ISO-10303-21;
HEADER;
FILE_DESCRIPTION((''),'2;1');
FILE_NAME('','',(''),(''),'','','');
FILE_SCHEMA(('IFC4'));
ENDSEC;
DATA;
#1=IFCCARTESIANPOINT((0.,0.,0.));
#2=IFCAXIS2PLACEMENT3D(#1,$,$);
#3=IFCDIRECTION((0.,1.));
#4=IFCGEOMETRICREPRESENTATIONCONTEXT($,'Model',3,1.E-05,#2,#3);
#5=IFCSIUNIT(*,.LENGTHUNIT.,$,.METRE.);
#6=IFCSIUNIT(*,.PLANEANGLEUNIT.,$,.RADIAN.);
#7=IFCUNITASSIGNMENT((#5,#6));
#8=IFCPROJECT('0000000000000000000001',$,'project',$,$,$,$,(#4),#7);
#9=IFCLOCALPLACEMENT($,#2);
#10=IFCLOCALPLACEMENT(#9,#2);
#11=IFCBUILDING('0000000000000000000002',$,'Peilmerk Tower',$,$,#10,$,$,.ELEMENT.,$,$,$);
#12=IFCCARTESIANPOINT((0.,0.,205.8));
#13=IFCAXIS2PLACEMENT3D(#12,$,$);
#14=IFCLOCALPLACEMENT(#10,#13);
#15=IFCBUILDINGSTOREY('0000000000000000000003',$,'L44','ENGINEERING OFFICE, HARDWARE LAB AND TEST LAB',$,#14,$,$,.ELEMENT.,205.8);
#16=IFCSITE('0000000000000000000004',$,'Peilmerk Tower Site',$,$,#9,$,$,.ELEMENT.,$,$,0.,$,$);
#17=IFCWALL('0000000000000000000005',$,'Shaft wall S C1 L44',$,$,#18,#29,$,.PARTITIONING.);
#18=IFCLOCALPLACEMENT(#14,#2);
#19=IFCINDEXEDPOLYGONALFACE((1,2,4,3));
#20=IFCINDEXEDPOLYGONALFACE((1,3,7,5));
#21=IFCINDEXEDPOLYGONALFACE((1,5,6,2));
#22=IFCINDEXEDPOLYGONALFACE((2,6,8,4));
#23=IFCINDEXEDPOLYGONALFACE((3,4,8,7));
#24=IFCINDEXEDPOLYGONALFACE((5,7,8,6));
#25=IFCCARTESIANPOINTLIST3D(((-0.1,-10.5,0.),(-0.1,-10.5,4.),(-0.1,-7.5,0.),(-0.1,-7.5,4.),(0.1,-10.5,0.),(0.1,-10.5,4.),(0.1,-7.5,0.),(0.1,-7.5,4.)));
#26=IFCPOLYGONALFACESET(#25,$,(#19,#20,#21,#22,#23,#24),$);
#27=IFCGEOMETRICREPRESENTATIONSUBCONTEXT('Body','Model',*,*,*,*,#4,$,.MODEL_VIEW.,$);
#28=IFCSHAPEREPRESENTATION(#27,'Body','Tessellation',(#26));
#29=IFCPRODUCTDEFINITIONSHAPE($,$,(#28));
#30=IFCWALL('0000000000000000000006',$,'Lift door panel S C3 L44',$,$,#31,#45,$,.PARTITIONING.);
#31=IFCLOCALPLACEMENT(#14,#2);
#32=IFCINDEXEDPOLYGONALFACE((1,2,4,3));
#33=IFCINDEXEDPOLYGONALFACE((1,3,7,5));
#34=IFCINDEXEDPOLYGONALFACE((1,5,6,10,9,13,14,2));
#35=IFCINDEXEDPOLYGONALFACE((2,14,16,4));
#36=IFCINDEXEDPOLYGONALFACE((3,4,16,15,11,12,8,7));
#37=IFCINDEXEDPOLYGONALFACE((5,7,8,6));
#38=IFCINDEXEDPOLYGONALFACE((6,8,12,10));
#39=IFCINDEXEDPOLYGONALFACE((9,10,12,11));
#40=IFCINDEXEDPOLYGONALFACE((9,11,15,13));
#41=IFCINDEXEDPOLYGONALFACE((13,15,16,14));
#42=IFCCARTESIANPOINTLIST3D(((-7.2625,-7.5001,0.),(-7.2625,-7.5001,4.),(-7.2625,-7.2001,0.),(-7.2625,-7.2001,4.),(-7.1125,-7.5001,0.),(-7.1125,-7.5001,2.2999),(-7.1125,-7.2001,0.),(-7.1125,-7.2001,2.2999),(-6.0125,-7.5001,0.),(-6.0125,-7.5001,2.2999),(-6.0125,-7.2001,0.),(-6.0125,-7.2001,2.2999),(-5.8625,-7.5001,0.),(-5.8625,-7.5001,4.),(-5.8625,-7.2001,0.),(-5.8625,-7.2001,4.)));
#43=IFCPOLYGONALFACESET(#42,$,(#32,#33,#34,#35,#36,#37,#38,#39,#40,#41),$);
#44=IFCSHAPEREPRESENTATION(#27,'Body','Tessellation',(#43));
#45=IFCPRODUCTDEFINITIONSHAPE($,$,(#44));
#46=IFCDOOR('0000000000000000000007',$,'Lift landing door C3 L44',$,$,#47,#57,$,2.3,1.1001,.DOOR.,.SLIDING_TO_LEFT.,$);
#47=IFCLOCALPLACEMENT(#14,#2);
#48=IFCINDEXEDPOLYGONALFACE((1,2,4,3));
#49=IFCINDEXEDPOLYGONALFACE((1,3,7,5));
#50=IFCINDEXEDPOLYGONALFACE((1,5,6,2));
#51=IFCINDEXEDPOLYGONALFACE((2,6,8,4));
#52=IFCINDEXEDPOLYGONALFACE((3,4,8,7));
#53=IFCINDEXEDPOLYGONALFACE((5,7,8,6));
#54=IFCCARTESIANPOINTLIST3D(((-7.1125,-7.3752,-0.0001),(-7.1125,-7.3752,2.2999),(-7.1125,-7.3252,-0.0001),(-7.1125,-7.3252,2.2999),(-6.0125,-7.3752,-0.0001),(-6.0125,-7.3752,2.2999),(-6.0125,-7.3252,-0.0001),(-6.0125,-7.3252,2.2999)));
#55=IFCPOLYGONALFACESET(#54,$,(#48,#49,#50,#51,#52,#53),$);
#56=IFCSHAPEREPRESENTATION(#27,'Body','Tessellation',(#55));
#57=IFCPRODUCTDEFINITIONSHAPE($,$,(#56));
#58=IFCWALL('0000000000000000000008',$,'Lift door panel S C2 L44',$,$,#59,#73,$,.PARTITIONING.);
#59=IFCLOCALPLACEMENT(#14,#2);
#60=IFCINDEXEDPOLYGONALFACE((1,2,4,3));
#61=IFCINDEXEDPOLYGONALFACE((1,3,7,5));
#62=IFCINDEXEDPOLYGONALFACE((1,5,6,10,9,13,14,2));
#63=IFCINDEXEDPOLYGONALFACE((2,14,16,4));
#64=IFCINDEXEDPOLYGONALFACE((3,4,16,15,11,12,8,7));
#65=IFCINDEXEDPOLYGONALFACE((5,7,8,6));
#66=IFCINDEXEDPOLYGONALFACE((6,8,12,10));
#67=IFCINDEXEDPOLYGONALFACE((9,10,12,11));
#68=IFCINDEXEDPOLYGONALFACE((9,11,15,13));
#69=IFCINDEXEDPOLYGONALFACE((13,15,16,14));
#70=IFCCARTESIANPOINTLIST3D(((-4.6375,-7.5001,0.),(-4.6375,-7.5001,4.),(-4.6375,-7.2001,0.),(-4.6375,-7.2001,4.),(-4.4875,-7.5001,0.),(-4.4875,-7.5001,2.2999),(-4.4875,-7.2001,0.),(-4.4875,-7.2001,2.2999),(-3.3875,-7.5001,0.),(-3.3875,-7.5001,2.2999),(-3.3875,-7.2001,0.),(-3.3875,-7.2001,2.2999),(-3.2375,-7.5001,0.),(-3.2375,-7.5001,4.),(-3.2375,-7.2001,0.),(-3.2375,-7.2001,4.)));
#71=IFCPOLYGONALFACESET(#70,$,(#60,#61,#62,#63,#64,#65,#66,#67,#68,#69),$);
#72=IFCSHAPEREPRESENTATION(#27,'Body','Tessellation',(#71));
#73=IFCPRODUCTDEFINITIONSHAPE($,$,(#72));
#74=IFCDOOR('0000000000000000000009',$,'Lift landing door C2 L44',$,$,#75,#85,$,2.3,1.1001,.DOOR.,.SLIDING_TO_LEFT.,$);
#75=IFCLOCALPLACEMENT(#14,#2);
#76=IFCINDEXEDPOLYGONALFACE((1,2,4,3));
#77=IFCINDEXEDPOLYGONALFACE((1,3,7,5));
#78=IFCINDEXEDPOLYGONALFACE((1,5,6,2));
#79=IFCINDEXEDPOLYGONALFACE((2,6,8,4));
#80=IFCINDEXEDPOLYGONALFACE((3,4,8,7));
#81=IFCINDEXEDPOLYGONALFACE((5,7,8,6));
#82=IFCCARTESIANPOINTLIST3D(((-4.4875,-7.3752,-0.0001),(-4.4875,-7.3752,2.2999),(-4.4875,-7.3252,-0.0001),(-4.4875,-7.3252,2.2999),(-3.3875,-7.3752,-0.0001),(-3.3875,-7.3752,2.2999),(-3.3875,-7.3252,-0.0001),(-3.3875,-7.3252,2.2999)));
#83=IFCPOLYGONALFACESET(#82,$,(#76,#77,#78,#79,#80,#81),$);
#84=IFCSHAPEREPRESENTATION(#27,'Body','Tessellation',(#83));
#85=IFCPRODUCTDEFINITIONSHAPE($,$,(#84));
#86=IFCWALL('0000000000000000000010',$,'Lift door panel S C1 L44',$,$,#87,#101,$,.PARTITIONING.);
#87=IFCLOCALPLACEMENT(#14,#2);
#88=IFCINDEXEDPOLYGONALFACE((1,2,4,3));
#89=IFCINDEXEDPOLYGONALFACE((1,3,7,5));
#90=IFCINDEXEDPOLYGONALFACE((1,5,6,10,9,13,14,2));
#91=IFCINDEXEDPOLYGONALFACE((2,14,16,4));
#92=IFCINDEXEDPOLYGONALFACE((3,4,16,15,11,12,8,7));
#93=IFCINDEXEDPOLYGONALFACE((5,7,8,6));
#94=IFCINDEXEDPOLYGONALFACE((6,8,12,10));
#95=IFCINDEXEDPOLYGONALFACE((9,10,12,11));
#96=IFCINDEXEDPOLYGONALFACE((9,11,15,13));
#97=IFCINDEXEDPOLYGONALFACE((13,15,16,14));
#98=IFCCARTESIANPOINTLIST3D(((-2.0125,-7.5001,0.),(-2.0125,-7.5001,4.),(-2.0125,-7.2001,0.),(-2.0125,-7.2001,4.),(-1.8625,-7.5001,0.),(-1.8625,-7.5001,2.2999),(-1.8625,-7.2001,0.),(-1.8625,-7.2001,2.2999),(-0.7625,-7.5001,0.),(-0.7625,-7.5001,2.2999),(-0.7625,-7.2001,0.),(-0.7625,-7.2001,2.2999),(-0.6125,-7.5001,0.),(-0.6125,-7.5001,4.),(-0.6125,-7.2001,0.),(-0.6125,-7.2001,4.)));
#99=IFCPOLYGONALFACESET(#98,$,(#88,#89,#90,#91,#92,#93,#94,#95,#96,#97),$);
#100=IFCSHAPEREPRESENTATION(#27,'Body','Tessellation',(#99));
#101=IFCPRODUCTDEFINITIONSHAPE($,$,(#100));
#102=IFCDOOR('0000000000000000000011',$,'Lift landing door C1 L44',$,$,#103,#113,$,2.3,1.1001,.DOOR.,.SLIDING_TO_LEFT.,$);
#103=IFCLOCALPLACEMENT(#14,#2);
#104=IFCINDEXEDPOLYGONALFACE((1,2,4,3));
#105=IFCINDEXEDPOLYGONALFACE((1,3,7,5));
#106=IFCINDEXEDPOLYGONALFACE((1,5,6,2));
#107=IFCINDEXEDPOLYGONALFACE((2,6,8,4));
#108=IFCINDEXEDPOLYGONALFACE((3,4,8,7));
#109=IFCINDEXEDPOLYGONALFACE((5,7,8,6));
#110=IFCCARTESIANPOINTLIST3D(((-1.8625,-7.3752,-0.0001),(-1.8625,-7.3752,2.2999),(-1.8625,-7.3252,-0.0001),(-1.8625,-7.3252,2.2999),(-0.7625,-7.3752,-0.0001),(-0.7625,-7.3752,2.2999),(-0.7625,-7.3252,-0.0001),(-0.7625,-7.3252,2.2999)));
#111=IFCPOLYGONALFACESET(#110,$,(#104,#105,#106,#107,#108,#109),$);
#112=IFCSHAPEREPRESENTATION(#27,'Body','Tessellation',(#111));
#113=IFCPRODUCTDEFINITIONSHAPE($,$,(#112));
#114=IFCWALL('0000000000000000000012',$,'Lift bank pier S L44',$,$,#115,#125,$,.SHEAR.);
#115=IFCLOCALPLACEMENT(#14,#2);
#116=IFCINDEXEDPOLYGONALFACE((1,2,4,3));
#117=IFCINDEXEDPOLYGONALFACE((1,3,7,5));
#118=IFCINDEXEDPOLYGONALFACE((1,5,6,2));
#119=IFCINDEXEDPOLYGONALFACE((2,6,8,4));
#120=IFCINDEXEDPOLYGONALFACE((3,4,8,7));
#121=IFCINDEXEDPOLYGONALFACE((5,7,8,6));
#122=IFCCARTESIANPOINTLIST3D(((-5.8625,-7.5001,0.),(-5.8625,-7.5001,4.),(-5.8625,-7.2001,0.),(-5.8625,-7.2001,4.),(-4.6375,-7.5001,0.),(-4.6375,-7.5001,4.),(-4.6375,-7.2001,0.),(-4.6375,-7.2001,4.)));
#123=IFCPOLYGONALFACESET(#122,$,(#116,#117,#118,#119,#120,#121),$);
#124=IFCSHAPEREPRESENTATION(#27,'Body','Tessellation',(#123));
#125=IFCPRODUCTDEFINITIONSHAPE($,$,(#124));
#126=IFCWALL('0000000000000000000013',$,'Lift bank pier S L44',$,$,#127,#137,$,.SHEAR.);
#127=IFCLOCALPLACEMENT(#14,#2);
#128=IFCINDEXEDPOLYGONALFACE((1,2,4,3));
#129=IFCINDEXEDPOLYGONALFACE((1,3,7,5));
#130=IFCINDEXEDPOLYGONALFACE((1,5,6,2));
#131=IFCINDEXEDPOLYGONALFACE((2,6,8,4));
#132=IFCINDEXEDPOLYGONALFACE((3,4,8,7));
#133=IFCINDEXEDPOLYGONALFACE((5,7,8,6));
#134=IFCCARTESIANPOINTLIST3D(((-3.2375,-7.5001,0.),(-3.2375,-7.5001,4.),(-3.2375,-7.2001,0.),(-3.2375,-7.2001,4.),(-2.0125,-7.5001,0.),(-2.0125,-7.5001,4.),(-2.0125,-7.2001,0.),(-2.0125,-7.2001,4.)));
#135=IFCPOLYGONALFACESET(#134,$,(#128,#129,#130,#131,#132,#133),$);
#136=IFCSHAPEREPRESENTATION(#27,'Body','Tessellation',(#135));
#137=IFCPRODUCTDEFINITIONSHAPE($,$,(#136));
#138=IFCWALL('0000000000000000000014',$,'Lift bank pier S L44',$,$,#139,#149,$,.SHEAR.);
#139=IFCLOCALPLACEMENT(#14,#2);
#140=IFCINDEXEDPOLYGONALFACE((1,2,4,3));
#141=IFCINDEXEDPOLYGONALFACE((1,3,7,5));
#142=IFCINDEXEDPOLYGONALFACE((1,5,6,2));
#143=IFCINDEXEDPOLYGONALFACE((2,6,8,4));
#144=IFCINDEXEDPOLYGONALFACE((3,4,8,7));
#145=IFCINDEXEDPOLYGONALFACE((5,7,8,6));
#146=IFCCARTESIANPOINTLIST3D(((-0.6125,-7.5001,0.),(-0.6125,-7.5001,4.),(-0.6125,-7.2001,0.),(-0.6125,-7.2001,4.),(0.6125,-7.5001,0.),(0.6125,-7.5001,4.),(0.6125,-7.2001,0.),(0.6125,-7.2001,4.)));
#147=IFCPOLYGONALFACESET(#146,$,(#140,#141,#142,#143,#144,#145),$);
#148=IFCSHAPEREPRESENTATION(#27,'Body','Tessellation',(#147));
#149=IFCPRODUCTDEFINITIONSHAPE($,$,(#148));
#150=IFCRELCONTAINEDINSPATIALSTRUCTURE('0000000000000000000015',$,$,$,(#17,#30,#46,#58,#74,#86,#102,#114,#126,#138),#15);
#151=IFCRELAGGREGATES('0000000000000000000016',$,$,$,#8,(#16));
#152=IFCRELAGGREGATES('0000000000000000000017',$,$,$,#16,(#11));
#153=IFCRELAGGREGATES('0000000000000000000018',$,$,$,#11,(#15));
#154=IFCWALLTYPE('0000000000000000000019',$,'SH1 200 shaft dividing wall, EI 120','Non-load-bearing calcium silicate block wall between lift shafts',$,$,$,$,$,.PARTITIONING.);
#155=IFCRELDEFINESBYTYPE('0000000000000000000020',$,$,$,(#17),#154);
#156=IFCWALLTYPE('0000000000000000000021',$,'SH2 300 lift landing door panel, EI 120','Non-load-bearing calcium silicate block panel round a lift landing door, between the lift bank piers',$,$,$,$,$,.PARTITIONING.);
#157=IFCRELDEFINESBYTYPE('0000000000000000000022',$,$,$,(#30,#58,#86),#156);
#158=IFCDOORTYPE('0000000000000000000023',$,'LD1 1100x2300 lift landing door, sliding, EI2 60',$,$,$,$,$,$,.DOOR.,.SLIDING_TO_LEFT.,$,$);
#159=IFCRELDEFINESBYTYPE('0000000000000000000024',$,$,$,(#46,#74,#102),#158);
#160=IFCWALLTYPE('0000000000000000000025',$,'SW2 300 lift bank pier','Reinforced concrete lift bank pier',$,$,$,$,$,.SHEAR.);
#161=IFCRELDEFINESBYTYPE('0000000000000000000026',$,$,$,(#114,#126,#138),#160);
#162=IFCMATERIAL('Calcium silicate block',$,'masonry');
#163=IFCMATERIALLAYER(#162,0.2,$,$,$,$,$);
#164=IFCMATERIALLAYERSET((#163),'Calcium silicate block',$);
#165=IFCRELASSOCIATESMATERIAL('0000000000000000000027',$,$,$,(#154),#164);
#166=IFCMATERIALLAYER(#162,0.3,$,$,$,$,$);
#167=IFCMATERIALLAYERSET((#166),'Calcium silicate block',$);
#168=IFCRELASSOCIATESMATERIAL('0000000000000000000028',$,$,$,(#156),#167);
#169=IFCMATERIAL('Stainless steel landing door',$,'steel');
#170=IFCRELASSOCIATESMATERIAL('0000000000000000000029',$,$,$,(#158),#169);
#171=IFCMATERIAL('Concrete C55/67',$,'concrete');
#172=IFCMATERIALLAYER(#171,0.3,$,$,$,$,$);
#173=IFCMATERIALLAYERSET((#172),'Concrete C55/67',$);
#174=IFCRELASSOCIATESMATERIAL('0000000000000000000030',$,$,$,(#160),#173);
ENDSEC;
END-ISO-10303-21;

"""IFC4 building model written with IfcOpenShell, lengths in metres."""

from ifc_helpers import new_model, si_unit, direction, frame, frame_2d, origin, place, context, subcontext, project, spatial, rectangle, extrude, material, layer, layer_set, type_object, element, fill, save


model = new_model("IFC4")

# Units and contexts
model_context = context("Model", 3, precision=1e-05, world=origin(), true_north=direction((0.0, 1.0)))
body_context = subcontext(model_context, "Body", "Model", "MODEL_VIEW")
ifc_project = project(units=[si_unit("LENGTHUNIT", "METRE"), si_unit("PLANEANGLEUNIT", "RADIAN")], contexts=[model_context])

# Site, building, storey
site_placement = place(None, origin())
site = spatial("IfcSite", under=ifc_project, at=site_placement, Name="Peilmerk Tower Site", CompositionType="ELEMENT", RefElevation=0.0)
building_placement = place(site_placement, origin())
building = spatial("IfcBuilding", under=site, at=building_placement, Name="Peilmerk Tower", CompositionType="ELEMENT")
storey_placement = place(building_placement, frame((0.0, 0.0, 205.8)))
storey = spatial("IfcBuildingStorey", under=building, at=storey_placement, Name="L44", Description="ENGINEERING OFFICE, HARDWARE LAB AND TEST LAB", CompositionType="ELEMENT", Elevation=205.8)

# Wall
ifc_material_1 = material(Name="Calcium silicate block", Category="masonry")
ifc_layer_1 = layer(ifc_material_1, 0.2)
ifc_layer_set_1 = layer_set([ifc_layer_1], Name="Calcium silicate block")
wall_type_1 = type_object("IfcWallType", Name="SH1 200 shaft dividing wall, EI 120", Description="Non-load-bearing calcium silicate block wall between lift shafts", PredefinedType="PARTITIONING", material=ifc_layer_set_1)
for number, where, z_axis, x_axis, name in (
    (1, (0.0, -10.5, 0.0), (0.0, 0.0, 1.0), (0.0, 1.0, 0.0), "Shaft wall S C1 L44"),
):
    element("IfcWall", number, at=place(storey_placement, frame(where, z_axis=z_axis, x_axis=x_axis)), inside=storey, type_object=wall_type_1, Name=name, PredefinedType="PARTITIONING", context=body_context, shape_type="SweptSolid", body=[
        extrude(rectangle(XDim=3.0, YDim=0.2, at=frame_2d((1.5, 0.0))), origin(), (0.0, 0.0, 1.0), 4.0),
    ])

# Walls, openings, doors
ifc_layer_2 = layer(ifc_material_1, 0.3)
ifc_layer_set_2 = layer_set([ifc_layer_2], Name="Calcium silicate block")
wall_type_2 = type_object("IfcWallType", Name="SH2 300 lift landing door panel, EI 120", Description="Non-load-bearing calcium silicate block panel round a lift landing door, between the lift bank piers", PredefinedType="PARTITIONING", material=ifc_layer_set_2)
wall_1_placement = place(storey_placement, frame((-7.2625, -7.3501, 0.0), z_axis=(0.0, 0.0, 1.0), x_axis=(1.0, 0.0, 0.0)))
wall_1 = element("IfcWall", 2, at=wall_1_placement, inside=storey, type_object=wall_type_2, Name="Lift door panel S C3 L44", PredefinedType="PARTITIONING", context=body_context, shape_type="SweptSolid", body=[
    extrude(rectangle(XDim=1.3999, YDim=0.3, at=frame_2d((0.7, 0.0))), origin(), (0.0, 0.0, 1.0), 4.0),
])
opening_1_placement = place(wall_1_placement, frame((0.1499, 0.0, 0.0)))
opening_1 = element("IfcOpeningElement", 3, at=opening_1_placement, cuts=wall_1, PredefinedType="OPENING", context=body_context, shape_type="SweptSolid", body=[
    extrude(rectangle(XDim=1.1001, YDim=2.3, at=frame_2d((0.55, 1.1499))), frame((0.0, 0.1599, 0.0), z_axis=(0.0, -1.0, 0.0), x_axis=(1.0, 0.0, 0.0)), (0.0, 0.0, 1.0), 0.3201),
])
ifc_material_2 = material(Name="Stainless steel landing door", Category="steel")
door_type = type_object("IfcDoorType", Name="LD1 1100x2300 lift landing door, sliding, EI2 60", OperationType="SLIDING_TO_LEFT", PredefinedType="DOOR", material=ifc_material_2)
door_1_placement = place(opening_1_placement, origin())
door_1 = element("IfcDoor", 4, at=door_1_placement, inside=storey, type_object=door_type, Name="Lift landing door C3 L44", OperationType="SLIDING_TO_LEFT", OverallHeight=2.3, OverallWidth=1.1001, PredefinedType="DOOR", context=body_context, shape_type="SweptSolid", body=[
    extrude(rectangle(XDim=1.1001, YDim=2.3, at=frame_2d((0.55, 1.1499))), frame((0.0, 0.0249, 0.0), z_axis=(0.0, -1.0, 0.0), x_axis=(1.0, 0.0, 0.0)), (0.0, 0.0, 1.0), 0.05),
])
fill(opening_1, door_1)
wall_2_placement = place(storey_placement, frame((-4.6375, -7.3501, 0.0), z_axis=(0.0, 0.0, 1.0), x_axis=(1.0, 0.0, 0.0)))
wall_2 = element("IfcWall", 5, at=wall_2_placement, inside=storey, type_object=wall_type_2, Name="Lift door panel S C2 L44", PredefinedType="PARTITIONING", context=body_context, shape_type="SweptSolid", body=[
    extrude(rectangle(XDim=1.3999, YDim=0.3, at=frame_2d((0.7, 0.0))), origin(), (0.0, 0.0, 1.0), 4.0),
])
opening_2_placement = place(wall_2_placement, frame((0.1499, 0.0, 0.0)))
opening_2 = element("IfcOpeningElement", 6, at=opening_2_placement, cuts=wall_2, PredefinedType="OPENING", context=body_context, shape_type="SweptSolid", body=[
    extrude(rectangle(XDim=1.1001, YDim=2.3, at=frame_2d((0.55, 1.1499))), frame((0.0, 0.1599, 0.0), z_axis=(0.0, -1.0, 0.0), x_axis=(1.0, 0.0, 0.0)), (0.0, 0.0, 1.0), 0.3201),
])
door_2_placement = place(opening_2_placement, origin())
door_2 = element("IfcDoor", 7, at=door_2_placement, inside=storey, type_object=door_type, Name="Lift landing door C2 L44", OperationType="SLIDING_TO_LEFT", OverallHeight=2.3, OverallWidth=1.1001, PredefinedType="DOOR", context=body_context, shape_type="SweptSolid", body=[
    extrude(rectangle(XDim=1.1001, YDim=2.3, at=frame_2d((0.55, 1.1499))), frame((0.0, 0.0249, 0.0), z_axis=(0.0, -1.0, 0.0), x_axis=(1.0, 0.0, 0.0)), (0.0, 0.0, 1.0), 0.05),
])
fill(opening_2, door_2)
wall_3_placement = place(storey_placement, frame((-2.0125, -7.3501, 0.0), z_axis=(0.0, 0.0, 1.0), x_axis=(1.0, 0.0, 0.0)))
wall_3 = element("IfcWall", 8, at=wall_3_placement, inside=storey, type_object=wall_type_2, Name="Lift door panel S C1 L44", PredefinedType="PARTITIONING", context=body_context, shape_type="SweptSolid", body=[
    extrude(rectangle(XDim=1.3999, YDim=0.3, at=frame_2d((0.7, 0.0))), origin(), (0.0, 0.0, 1.0), 4.0),
])
opening_3_placement = place(wall_3_placement, frame((0.1499, 0.0, 0.0)))
opening_3 = element("IfcOpeningElement", 9, at=opening_3_placement, cuts=wall_3, PredefinedType="OPENING", context=body_context, shape_type="SweptSolid", body=[
    extrude(rectangle(XDim=1.1001, YDim=2.3, at=frame_2d((0.55, 1.1499))), frame((0.0, 0.1599, 0.0), z_axis=(0.0, -1.0, 0.0), x_axis=(1.0, 0.0, 0.0)), (0.0, 0.0, 1.0), 0.3201),
])
door_3_placement = place(opening_3_placement, origin())
door_3 = element("IfcDoor", 10, at=door_3_placement, inside=storey, type_object=door_type, Name="Lift landing door C1 L44", OperationType="SLIDING_TO_LEFT", OverallHeight=2.3, OverallWidth=1.1001, PredefinedType="DOOR", context=body_context, shape_type="SweptSolid", body=[
    extrude(rectangle(XDim=1.1001, YDim=2.3, at=frame_2d((0.55, 1.1499))), frame((0.0, 0.0249, 0.0), z_axis=(0.0, -1.0, 0.0), x_axis=(1.0, 0.0, 0.0)), (0.0, 0.0, 1.0), 0.05),
])
fill(opening_3, door_3)

# Walls
ifc_material_3 = material(Name="Concrete C55/67", Category="concrete")
ifc_layer_3 = layer(ifc_material_3, 0.3)
ifc_layer_set_3 = layer_set([ifc_layer_3], Name="Concrete C55/67")
wall_type_3 = type_object("IfcWallType", Name="SW2 300 lift bank pier", Description="Reinforced concrete lift bank pier", PredefinedType="SHEAR", material=ifc_layer_set_3)
for number, where, z_axis, x_axis, name in (
    (11, (-5.8625, -7.3501, 0.0), (0.0, 0.0, 1.0), (1.0, 0.0, 0.0), "Lift bank pier S L44"),
    (12, (-3.2375, -7.3501, 0.0), (0.0, 0.0, 1.0), (1.0, 0.0, 0.0), "Lift bank pier S L44"),
    (13, (-0.6125, -7.3501, 0.0), (0.0, 0.0, 1.0), (1.0, 0.0, 0.0), "Lift bank pier S L44"),
):
    element("IfcWall", number, at=place(storey_placement, frame(where, z_axis=z_axis, x_axis=x_axis)), inside=storey, type_object=wall_type_3, Name=name, PredefinedType="SHEAR", context=body_context, shape_type="SweptSolid", body=[
        extrude(rectangle(XDim=1.2251, YDim=0.3, at=frame_2d((0.6125, 0.0))), origin(), (0.0, 0.0, 1.0), 4.0),
    ])

save(model, "model.ifc")
